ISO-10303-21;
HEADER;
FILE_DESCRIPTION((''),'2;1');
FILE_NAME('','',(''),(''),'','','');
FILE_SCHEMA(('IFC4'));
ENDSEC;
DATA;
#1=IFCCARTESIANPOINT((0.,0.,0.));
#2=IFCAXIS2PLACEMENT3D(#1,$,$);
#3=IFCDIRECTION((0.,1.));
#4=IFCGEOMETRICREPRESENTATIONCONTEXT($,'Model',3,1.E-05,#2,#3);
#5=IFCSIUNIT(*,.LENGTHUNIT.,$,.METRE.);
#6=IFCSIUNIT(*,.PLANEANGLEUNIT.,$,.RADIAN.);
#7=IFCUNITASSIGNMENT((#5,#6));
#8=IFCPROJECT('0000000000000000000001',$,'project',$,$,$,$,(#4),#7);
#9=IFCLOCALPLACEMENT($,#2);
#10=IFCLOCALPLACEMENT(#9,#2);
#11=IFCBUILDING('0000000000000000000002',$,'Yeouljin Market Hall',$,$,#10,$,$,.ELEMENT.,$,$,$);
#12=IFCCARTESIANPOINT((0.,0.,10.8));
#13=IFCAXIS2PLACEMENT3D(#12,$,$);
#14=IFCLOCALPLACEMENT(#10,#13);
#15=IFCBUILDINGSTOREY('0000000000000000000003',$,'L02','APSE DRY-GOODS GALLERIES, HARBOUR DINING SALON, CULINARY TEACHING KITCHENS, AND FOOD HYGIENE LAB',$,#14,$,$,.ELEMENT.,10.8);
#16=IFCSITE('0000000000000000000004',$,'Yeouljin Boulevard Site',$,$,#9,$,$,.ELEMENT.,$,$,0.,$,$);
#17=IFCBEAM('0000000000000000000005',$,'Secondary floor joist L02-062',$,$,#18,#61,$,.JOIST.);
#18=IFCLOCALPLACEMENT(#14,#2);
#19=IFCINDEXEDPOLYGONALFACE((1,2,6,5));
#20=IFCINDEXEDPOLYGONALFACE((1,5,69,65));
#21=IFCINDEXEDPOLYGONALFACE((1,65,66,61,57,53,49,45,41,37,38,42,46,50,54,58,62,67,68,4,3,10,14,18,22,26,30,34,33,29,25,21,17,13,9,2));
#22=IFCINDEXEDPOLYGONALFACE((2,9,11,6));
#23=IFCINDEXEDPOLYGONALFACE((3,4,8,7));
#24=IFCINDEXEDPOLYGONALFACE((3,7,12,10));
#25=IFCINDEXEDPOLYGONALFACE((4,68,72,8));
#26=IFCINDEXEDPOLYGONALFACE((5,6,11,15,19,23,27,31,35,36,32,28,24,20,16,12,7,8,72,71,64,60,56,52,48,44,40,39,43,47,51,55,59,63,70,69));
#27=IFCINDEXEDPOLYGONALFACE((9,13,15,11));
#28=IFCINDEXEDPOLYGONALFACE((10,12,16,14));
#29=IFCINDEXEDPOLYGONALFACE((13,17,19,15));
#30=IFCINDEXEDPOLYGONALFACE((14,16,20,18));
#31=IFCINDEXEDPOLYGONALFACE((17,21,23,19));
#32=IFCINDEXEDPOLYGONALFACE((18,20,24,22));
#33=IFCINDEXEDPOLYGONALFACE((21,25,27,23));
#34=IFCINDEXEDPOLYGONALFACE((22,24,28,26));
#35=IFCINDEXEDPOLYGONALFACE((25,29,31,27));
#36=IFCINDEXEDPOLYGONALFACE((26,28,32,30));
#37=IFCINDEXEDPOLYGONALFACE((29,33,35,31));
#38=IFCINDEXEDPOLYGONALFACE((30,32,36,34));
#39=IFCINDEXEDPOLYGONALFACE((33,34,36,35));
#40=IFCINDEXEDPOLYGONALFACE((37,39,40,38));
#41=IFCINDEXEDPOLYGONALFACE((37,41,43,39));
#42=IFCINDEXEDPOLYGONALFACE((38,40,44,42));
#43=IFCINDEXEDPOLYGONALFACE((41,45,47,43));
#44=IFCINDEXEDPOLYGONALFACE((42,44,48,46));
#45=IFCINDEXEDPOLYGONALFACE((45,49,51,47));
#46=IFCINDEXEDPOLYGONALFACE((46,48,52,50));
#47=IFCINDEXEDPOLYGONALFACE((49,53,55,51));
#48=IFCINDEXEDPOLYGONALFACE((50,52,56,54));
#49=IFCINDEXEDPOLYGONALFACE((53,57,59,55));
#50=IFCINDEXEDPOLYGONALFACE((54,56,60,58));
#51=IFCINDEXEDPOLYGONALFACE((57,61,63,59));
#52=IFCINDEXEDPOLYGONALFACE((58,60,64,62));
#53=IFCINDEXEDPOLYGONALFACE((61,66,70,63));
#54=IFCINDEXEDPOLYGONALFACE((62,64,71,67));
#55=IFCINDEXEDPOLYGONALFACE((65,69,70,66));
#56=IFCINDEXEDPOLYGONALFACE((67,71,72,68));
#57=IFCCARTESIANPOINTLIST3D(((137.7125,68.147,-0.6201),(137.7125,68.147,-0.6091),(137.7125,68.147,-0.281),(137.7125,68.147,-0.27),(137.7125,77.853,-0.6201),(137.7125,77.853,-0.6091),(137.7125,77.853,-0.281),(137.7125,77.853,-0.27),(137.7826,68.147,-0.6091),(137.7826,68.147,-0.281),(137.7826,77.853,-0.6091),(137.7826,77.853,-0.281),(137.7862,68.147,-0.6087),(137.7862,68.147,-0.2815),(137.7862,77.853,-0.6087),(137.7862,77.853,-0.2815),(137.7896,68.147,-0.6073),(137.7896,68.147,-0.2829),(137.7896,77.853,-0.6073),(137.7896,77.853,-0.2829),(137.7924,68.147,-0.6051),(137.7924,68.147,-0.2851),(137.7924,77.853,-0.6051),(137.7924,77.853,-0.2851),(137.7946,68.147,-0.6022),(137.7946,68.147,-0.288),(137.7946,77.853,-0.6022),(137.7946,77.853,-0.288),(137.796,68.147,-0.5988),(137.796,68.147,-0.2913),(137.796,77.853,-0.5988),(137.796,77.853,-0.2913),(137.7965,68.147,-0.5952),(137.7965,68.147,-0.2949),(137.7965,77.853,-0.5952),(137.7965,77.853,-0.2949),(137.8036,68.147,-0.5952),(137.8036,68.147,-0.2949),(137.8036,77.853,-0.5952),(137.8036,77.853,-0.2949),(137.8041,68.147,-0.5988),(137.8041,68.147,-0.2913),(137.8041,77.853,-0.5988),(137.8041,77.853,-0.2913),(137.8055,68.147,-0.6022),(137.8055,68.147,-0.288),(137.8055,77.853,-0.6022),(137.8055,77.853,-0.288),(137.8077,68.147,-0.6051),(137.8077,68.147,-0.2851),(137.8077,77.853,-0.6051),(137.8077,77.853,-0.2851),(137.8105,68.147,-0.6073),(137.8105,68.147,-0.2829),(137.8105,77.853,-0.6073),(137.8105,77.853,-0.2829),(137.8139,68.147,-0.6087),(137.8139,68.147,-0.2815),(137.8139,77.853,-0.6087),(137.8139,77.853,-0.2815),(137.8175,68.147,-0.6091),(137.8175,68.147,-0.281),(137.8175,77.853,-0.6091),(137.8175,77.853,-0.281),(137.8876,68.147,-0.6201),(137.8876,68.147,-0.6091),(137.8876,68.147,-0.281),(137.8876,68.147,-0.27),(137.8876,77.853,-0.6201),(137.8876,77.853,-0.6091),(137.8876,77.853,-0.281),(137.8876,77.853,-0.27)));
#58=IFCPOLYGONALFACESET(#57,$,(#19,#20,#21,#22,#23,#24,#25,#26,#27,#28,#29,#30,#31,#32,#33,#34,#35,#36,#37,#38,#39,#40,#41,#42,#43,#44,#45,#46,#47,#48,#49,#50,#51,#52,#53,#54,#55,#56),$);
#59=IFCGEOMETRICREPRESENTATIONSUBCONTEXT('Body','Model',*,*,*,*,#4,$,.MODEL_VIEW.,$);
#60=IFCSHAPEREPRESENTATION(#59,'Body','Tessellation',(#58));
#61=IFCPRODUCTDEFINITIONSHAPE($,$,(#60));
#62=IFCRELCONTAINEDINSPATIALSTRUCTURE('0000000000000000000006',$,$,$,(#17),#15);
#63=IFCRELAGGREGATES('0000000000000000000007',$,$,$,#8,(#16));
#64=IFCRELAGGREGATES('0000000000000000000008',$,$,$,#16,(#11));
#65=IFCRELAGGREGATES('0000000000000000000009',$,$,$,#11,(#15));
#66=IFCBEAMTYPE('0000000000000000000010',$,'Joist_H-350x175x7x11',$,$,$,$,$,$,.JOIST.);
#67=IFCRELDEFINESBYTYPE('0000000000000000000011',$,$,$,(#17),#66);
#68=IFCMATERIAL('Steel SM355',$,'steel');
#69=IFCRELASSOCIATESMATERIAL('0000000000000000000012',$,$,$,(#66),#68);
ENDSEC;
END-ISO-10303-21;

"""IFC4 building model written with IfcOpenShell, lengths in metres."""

from ifc_helpers import new_model, si_unit, direction, frame, origin, origin_2d, place, context, subcontext, project, spatial, i_section, extrude, material, material_profile, profile_set, type_object, element, save


model = new_model("IFC4")

# Units and contexts
model_context = context("Model", 3, precision=1e-05, world=origin(), true_north=direction((0.0, 1.0)))
body_context = subcontext(model_context, "Body", "Model", "MODEL_VIEW")
ifc_project = project(units=[si_unit("LENGTHUNIT", "METRE"), si_unit("PLANEANGLEUNIT", "RADIAN")], contexts=[model_context])

# Site, building, storey
site_placement = place(None, origin())
site = spatial("IfcSite", under=ifc_project, at=site_placement, Name="Yeouljin Boulevard Site", CompositionType="ELEMENT", RefElevation=0.0)
building_placement = place(site_placement, origin())
building = spatial("IfcBuilding", under=site, at=building_placement, Name="Yeouljin Market Hall", CompositionType="ELEMENT")
storey_placement = place(building_placement, frame((0.0, 0.0, 10.8)))
storey = spatial("IfcBuildingStorey", under=building, at=storey_placement, Name="L02", Description="APSE DRY-GOODS GALLERIES, HARBOUR DINING SALON, CULINARY TEACHING KITCHENS, AND FOOD HYGIENE LAB", CompositionType="ELEMENT", Elevation=10.8)

# Beam
ifc_material_1 = material(Name="Steel SM355", Category="steel")
ifc_material_profile_1 = material_profile(ifc_material_1, i_section(OverallWidth=0.175, OverallDepth=0.3501, WebThickness=0.0071, FlangeThickness=0.011, FilletRadius=0.0139, at=origin_2d()), Name="H-350x175x7x11")
ifc_profile_set_1 = profile_set([ifc_material_profile_1], Name="Steel SM355")
beam_type_1 = type_object("IfcBeamType", Name="Joist_H-350x175x7x11", PredefinedType="JOIST", material=ifc_profile_set_1)
beam_1_placement = place(storey_placement, frame((137.8, 68.147, -0.4451), z_axis=(0.0, 1.0, 0.0), x_axis=(-1.0, 0.0, 0.0)))
element("IfcBeam", 1, at=beam_1_placement, inside=storey, type_object=beam_type_1, Name="Secondary floor joist L02-062", PredefinedType="JOIST", context=body_context, shape_type="SweptSolid", body=[
    extrude(i_section(OverallWidth=0.175, OverallDepth=0.3501, WebThickness=0.0071, FlangeThickness=0.011, FilletRadius=0.0139, at=origin_2d()), origin(), (0.0, 0.0, 1.0), 9.7061),
])

save(model, "model.ifc")
